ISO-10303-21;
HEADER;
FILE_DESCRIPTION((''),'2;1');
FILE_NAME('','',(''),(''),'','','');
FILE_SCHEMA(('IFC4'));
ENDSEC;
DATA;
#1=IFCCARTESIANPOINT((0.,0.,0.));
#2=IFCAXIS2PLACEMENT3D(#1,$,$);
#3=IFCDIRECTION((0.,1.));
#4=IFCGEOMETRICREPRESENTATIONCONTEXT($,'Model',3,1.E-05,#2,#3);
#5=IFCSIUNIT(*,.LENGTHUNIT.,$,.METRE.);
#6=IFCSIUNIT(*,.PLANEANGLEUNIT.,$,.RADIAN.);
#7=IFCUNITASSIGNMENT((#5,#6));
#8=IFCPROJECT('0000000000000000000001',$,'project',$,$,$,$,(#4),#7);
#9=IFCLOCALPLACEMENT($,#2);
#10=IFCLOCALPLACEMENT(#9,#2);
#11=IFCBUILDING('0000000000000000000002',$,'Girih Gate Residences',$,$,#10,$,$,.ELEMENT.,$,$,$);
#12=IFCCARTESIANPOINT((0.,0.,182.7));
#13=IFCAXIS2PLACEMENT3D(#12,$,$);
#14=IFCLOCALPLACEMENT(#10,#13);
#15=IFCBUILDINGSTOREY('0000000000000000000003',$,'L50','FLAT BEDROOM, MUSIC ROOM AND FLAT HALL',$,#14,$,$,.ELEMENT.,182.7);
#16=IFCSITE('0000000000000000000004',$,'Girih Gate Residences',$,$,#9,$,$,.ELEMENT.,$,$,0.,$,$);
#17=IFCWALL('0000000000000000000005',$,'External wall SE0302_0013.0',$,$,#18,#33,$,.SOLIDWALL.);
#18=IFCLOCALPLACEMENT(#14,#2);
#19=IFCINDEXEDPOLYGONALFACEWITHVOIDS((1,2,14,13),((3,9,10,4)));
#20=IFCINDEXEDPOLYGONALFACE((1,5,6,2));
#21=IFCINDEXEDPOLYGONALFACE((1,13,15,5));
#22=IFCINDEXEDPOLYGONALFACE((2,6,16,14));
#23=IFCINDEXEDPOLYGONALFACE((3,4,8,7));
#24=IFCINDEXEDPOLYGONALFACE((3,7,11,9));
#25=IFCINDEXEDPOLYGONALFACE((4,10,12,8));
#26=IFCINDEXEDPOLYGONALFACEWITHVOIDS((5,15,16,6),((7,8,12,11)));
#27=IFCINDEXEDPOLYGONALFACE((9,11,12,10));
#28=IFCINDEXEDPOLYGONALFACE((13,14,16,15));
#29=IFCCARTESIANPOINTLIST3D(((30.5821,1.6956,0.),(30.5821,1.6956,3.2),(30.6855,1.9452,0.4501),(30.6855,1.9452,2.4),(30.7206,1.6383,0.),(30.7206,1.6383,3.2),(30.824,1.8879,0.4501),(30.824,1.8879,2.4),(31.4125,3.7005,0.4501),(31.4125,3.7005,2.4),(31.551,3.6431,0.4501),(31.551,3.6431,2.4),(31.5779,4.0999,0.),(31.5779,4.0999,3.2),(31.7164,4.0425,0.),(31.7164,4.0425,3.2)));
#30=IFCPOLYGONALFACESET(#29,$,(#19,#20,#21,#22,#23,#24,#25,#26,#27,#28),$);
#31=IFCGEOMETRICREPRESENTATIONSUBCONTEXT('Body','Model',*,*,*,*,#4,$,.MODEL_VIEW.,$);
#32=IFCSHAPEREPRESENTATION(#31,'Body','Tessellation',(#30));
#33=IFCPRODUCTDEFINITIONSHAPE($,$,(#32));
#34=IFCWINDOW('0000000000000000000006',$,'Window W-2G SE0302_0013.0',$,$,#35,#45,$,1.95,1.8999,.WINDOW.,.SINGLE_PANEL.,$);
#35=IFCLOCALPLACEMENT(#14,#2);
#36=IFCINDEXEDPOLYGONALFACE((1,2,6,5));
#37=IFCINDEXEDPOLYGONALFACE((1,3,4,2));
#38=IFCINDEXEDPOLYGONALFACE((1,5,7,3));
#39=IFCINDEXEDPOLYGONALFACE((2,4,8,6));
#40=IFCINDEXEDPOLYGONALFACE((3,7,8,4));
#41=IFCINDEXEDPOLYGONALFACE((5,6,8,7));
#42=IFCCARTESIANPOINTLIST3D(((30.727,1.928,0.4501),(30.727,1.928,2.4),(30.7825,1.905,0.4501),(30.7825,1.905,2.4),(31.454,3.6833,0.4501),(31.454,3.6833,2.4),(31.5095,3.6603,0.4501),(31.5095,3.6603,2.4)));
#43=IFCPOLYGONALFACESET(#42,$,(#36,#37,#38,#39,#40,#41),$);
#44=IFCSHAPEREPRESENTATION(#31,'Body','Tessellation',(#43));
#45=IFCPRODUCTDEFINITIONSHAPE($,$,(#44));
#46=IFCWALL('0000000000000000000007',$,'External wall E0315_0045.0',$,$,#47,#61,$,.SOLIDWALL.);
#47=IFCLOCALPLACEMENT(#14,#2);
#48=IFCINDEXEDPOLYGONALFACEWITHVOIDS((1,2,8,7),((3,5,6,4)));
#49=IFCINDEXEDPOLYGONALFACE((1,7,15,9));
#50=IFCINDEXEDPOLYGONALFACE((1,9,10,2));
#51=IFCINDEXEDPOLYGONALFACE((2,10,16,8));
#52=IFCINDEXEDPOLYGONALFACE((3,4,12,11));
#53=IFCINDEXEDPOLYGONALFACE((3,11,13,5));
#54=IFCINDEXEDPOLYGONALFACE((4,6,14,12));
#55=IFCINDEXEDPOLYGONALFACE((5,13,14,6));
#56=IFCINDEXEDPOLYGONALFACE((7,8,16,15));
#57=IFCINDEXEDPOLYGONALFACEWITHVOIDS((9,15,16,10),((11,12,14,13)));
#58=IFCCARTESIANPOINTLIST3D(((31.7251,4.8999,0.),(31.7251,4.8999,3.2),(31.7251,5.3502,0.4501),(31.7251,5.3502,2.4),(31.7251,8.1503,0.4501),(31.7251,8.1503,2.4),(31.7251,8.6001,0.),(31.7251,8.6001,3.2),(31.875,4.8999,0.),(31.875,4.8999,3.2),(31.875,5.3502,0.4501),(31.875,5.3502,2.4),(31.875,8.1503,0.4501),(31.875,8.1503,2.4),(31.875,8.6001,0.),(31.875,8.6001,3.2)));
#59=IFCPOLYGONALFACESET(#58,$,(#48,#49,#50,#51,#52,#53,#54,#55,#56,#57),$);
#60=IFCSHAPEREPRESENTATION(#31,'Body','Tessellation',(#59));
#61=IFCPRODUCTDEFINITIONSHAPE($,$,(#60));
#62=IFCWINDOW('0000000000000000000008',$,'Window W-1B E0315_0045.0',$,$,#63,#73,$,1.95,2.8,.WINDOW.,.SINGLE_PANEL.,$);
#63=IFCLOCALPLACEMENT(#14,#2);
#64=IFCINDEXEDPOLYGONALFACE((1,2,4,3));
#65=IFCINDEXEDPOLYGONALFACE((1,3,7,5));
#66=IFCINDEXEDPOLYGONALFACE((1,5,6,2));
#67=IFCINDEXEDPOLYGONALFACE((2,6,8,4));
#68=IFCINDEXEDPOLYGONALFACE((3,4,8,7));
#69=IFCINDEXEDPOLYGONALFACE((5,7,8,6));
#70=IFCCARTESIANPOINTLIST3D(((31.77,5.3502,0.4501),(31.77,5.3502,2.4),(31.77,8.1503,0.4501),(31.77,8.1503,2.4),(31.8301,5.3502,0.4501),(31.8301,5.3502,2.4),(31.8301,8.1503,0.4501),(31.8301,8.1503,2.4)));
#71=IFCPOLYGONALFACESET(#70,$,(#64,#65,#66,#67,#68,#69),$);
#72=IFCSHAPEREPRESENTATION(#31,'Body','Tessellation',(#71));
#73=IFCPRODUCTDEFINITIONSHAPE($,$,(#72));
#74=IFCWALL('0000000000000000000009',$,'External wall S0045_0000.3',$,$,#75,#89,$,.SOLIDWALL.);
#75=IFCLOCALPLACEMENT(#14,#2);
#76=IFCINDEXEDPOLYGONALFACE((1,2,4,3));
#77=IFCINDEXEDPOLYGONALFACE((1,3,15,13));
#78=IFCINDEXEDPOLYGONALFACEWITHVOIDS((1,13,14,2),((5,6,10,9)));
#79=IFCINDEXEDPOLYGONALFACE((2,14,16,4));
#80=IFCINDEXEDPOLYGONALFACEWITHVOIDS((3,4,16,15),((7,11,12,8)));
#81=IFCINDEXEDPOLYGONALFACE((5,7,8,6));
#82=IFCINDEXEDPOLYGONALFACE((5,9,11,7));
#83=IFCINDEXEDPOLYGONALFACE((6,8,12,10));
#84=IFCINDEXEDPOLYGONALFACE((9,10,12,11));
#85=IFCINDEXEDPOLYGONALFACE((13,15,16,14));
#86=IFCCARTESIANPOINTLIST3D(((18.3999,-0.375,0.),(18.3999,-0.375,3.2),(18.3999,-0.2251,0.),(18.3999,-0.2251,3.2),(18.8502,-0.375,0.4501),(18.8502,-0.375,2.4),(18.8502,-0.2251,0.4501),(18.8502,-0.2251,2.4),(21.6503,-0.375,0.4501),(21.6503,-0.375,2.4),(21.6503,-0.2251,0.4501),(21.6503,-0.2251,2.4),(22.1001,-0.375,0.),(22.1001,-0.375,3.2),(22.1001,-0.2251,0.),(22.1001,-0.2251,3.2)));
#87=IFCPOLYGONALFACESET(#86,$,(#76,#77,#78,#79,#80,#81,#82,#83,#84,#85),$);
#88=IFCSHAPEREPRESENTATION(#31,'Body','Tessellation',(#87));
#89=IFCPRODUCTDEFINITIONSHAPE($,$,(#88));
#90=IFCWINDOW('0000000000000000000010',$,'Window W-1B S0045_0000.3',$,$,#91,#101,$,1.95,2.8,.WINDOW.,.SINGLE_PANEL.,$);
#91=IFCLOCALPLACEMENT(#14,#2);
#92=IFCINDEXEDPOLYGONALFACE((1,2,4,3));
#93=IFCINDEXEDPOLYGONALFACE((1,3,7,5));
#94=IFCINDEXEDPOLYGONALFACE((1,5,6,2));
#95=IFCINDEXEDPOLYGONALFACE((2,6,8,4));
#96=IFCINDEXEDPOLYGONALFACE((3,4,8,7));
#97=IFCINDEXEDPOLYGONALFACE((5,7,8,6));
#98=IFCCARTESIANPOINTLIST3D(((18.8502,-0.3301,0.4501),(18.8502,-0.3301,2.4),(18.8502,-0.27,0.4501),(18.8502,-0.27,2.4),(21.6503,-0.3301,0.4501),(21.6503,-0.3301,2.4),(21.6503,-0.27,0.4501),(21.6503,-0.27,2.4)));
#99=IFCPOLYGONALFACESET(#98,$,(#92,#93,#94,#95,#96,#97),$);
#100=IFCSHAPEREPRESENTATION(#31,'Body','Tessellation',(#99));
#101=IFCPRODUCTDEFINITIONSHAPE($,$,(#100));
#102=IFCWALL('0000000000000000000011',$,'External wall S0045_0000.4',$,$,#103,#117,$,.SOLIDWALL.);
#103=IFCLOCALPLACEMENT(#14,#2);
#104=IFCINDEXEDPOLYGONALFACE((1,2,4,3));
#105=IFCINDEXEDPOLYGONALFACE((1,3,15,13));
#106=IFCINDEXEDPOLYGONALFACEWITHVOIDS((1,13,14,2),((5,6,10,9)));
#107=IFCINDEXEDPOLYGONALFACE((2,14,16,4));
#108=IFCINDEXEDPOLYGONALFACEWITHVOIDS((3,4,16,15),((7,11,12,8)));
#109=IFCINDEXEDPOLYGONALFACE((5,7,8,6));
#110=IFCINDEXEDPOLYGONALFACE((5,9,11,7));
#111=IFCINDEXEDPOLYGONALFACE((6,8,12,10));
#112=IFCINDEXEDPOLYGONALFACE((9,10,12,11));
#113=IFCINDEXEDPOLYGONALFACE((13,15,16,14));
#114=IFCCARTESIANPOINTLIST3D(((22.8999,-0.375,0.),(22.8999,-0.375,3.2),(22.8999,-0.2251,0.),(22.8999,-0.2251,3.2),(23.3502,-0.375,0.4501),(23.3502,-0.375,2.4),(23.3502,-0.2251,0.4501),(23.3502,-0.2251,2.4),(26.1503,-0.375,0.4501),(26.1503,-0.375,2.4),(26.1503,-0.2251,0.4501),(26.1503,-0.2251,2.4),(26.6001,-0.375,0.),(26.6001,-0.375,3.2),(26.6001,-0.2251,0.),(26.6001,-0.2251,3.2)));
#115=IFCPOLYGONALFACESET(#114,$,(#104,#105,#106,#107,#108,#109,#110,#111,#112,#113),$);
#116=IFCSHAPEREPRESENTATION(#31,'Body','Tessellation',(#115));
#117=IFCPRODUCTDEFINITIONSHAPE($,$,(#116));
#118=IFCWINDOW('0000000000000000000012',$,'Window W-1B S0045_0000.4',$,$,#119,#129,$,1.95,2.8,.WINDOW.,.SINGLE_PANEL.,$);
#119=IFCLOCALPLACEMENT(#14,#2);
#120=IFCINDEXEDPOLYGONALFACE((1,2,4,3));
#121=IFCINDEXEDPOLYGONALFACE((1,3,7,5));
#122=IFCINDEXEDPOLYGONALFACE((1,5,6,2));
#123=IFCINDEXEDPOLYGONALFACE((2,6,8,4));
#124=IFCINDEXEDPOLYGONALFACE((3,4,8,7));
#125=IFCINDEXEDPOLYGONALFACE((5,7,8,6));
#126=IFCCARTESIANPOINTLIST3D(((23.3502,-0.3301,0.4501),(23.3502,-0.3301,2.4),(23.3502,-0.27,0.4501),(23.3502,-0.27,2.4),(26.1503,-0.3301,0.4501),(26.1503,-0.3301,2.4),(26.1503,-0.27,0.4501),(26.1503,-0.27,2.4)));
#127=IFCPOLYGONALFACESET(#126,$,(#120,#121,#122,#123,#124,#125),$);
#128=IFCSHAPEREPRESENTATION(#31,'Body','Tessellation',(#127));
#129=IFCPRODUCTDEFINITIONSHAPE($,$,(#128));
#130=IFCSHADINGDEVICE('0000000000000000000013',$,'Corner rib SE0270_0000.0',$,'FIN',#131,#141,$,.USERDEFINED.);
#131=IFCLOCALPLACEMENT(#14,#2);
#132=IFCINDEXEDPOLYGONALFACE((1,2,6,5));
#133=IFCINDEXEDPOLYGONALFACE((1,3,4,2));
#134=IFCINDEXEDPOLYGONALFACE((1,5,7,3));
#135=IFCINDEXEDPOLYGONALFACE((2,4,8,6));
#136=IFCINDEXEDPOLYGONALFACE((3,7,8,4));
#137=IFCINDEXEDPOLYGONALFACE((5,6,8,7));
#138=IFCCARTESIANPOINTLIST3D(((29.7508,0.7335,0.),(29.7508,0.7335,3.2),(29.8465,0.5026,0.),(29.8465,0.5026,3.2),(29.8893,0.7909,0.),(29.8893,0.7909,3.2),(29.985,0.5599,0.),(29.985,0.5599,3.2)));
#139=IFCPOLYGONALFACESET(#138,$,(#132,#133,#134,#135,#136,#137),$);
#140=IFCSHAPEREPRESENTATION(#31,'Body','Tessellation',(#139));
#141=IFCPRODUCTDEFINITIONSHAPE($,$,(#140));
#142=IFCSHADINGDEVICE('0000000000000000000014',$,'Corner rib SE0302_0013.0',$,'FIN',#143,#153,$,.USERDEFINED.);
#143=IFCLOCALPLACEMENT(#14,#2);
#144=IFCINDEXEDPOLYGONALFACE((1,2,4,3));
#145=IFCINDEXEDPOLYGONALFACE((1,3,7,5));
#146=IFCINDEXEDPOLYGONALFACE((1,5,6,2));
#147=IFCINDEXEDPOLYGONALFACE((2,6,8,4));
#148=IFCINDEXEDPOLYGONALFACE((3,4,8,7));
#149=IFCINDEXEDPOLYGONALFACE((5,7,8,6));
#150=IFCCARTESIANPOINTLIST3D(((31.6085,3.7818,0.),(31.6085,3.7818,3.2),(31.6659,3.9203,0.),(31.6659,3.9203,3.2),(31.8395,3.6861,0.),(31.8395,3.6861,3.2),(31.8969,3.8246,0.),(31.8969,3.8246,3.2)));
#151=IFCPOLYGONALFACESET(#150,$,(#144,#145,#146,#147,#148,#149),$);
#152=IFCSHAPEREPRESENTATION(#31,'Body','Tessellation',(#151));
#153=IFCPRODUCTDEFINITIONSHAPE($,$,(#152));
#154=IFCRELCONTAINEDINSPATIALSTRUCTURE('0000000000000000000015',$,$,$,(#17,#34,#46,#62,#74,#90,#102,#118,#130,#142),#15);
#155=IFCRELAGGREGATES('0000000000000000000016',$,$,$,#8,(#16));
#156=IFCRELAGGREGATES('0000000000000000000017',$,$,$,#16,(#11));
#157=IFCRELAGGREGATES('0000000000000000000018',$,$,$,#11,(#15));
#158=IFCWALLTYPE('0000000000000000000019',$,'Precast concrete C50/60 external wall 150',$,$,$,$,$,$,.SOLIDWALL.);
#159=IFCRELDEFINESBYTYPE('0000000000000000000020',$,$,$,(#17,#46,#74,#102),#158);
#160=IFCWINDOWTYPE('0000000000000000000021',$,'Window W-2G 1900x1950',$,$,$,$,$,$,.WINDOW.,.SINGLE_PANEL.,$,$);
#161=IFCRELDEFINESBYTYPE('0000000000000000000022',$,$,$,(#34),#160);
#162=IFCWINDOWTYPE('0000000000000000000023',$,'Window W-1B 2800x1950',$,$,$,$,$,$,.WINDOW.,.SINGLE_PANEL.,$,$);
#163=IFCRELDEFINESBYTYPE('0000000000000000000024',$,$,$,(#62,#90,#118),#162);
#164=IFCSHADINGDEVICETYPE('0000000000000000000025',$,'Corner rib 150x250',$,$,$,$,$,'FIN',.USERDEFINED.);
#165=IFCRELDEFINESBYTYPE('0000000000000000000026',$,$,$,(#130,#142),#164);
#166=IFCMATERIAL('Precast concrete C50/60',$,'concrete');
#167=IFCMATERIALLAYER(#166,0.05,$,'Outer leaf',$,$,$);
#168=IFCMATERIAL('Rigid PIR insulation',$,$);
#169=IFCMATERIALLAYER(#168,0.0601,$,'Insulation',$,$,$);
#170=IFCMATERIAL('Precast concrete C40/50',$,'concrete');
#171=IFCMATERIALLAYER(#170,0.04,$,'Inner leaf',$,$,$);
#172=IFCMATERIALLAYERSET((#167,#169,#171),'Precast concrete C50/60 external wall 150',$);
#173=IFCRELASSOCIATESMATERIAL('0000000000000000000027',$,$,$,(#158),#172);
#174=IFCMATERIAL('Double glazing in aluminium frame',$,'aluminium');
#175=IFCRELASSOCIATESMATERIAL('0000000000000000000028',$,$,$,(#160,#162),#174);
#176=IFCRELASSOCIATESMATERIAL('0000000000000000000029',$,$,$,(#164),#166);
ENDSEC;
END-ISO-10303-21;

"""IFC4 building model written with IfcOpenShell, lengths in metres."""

from ifc_helpers import new_model, si_unit, direction, frame, frame_2d, origin, origin_2d, place, context, subcontext, project, spatial, rectangle, extrude, material, layer, layer_set, type_object, element, fill, save


model = new_model("IFC4")

# Units and contexts
model_context = context("Model", 3, precision=1e-05, world=origin(), true_north=direction((0.0, 1.0)))
body_context = subcontext(model_context, "Body", "Model", "MODEL_VIEW")
ifc_project = project(units=[si_unit("LENGTHUNIT", "METRE"), si_unit("PLANEANGLEUNIT", "RADIAN")], contexts=[model_context])

# Site, building, storey
site_placement = place(None, origin())
site = spatial("IfcSite", under=ifc_project, at=site_placement, Name="Girih Gate Residences", CompositionType="ELEMENT", RefElevation=0.0)
building_placement = place(site_placement, origin())
building = spatial("IfcBuilding", under=site, at=building_placement, Name="Girih Gate Residences", CompositionType="ELEMENT")
storey_placement = place(building_placement, frame((0.0, 0.0, 182.7)))
storey = spatial("IfcBuildingStorey", under=building, at=storey_placement, Name="L50", Description="FLAT BEDROOM, MUSIC ROOM AND FLAT HALL", CompositionType="ELEMENT", Elevation=182.7)

# Walls, openings, windows
ifc_material_1 = material(Name="Precast concrete C50/60", Category="concrete")
ifc_layer_1 = layer(ifc_material_1, 0.05, Name="Outer leaf")
ifc_material_2 = material(Name="Rigid PIR insulation")
ifc_layer_2 = layer(ifc_material_2, 0.0601, Name="Insulation")
ifc_material_3 = material(Name="Precast concrete C40/50", Category="concrete")
ifc_layer_3 = layer(ifc_material_3, 0.04, Name="Inner leaf")
ifc_layer_set_1 = layer_set([ifc_layer_1, ifc_layer_2, ifc_layer_3], Name="Precast concrete C50/60 external wall 150")
wall_type_1 = type_object("IfcWallType", Name="Precast concrete C50/60 external wall 150", PredefinedType="SOLIDWALL", material=ifc_layer_set_1)
ifc_material_4 = material(Name="Double glazing in aluminium frame", Category="aluminium")
window_type_1 = type_object("IfcWindowType", Name="Window W-2G 1900x1950", PartitioningType="SINGLE_PANEL", PredefinedType="WINDOW", material=ifc_material_4)
wall_1_placement = place(storey_placement, frame((31.6472, 4.0713, 0.0), z_axis=(0.0, 0.0, 1.0), x_axis=(-0.382669, -0.923885, 0.0)))
wall_1 = element("IfcWall", 1, at=wall_1_placement, inside=storey, type_object=wall_type_1, Name="External wall SE0302_0013.0", PredefinedType="SOLIDWALL", context=body_context, shape_type="SweptSolid", body=[
    extrude(rectangle(XDim=2.6023, YDim=0.1499, at=frame_2d((1.3013, 0.0))), origin(), (0.0, 0.0, 1.0), 3.2),
])
opening_1_placement = place(wall_1_placement, frame((0.4324, 0.0, 0.45)))
opening_1 = element("IfcOpeningElement", 2, at=opening_1_placement, cuts=wall_1, PredefinedType="OPENING", context=body_context, shape_type="SweptSolid", body=[
    extrude(rectangle(XDim=1.8999, YDim=1.95, at=frame_2d((0.95, 0.9751))), frame((0.0, 0.085, 0.0), z_axis=(0.0, -1.0, 0.0), x_axis=(1.0, 0.0, 0.0)), (0.0, 0.0, 1.0), 0.1699),
])
window_1_placement = place(opening_1_placement, origin())
window_1 = element("IfcWindow", 3, at=window_1_placement, inside=storey, type_object=window_type_1, Name="Window W-2G SE0302_0013.0", OverallHeight=1.95, OverallWidth=1.8999, PartitioningType="SINGLE_PANEL", PredefinedType="WINDOW", context=body_context, shape_type="SweptSolid", body=[
    extrude(rectangle(XDim=1.8999, YDim=1.95, at=frame_2d((0.95, 0.9751))), frame((0.0, 0.03, 0.0), z_axis=(0.0, -1.0, 0.0), x_axis=(1.0, 0.0, 0.0)), (0.0, 0.0, 1.0), 0.0601),
])
fill(opening_1, window_1)
wall_2_placement = place(storey_placement, frame((31.8, 8.6001, 0.0), z_axis=(0.0, 0.0, 1.0), x_axis=(0.0, -1.0, 0.0)))
wall_2 = element("IfcWall", 4, at=wall_2_placement, inside=storey, type_object=wall_type_1, Name="External wall E0315_0045.0", PredefinedType="SOLIDWALL", context=body_context, shape_type="SweptSolid", body=[
    extrude(rectangle(XDim=3.7002, YDim=0.1499, at=frame_2d((1.8501, 0.0))), origin(), (0.0, 0.0, 1.0), 3.2),
])
opening_2_placement = place(wall_2_placement, frame((0.45, 0.0, 0.45)))
opening_2 = element("IfcOpeningElement", 5, at=opening_2_placement, cuts=wall_2, PredefinedType="OPENING", context=body_context, shape_type="SweptSolid", body=[
    extrude(rectangle(XDim=2.8, YDim=1.95, at=frame_2d((1.3999, 0.9751))), frame((0.0, 0.085, 0.0), z_axis=(0.0, -1.0, 0.0), x_axis=(1.0, 0.0, 0.0)), (0.0, 0.0, 1.0), 0.1699),
])
window_type_2 = type_object("IfcWindowType", Name="Window W-1B 2800x1950", PartitioningType="SINGLE_PANEL", PredefinedType="WINDOW", material=ifc_material_4)
window_2_placement = place(opening_2_placement, origin())
window_2 = element("IfcWindow", 6, at=window_2_placement, inside=storey, type_object=window_type_2, Name="Window W-1B E0315_0045.0", OverallHeight=1.95, OverallWidth=2.8, PartitioningType="SINGLE_PANEL", PredefinedType="WINDOW", context=body_context, shape_type="SweptSolid", body=[
    extrude(rectangle(XDim=2.8, YDim=1.95, at=frame_2d((1.3999, 0.9751))), frame((0.0, 0.03, 0.0), z_axis=(0.0, -1.0, 0.0), x_axis=(1.0, 0.0, 0.0)), (0.0, 0.0, 1.0), 0.0601),
])
fill(opening_2, window_2)
wall_3_placement = place(storey_placement, frame((22.1001, -0.3, 0.0), z_axis=(0.0, 0.0, 1.0), x_axis=(-1.0, 0.0, 0.0)))
wall_3 = element("IfcWall", 7, at=wall_3_placement, inside=storey, type_object=wall_type_1, Name="External wall S0045_0000.3", PredefinedType="SOLIDWALL", context=body_context, shape_type="SweptSolid", body=[
    extrude(rectangle(XDim=3.7002, YDim=0.1499, at=frame_2d((1.8501, 0.0))), origin(), (0.0, 0.0, 1.0), 3.2),
])
opening_3_placement = place(wall_3_placement, frame((0.45, 0.0, 0.45)))
opening_3 = element("IfcOpeningElement", 8, at=opening_3_placement, cuts=wall_3, PredefinedType="OPENING", context=body_context, shape_type="SweptSolid", body=[
    extrude(rectangle(XDim=2.8, YDim=1.95, at=frame_2d((1.3999, 0.9751))), frame((0.0, 0.085, 0.0), z_axis=(0.0, -1.0, 0.0), x_axis=(1.0, 0.0, 0.0)), (0.0, 0.0, 1.0), 0.1699),
])
window_3_placement = place(opening_3_placement, origin())
window_3 = element("IfcWindow", 9, at=window_3_placement, inside=storey, type_object=window_type_2, Name="Window W-1B S0045_0000.3", OverallHeight=1.95, OverallWidth=2.8, PartitioningType="SINGLE_PANEL", PredefinedType="WINDOW", context=body_context, shape_type="SweptSolid", body=[
    extrude(rectangle(XDim=2.8, YDim=1.95, at=frame_2d((1.3999, 0.9751))), frame((0.0, 0.03, 0.0), z_axis=(0.0, -1.0, 0.0), x_axis=(1.0, 0.0, 0.0)), (0.0, 0.0, 1.0), 0.0601),
])
fill(opening_3, window_3)
wall_4_placement = place(storey_placement, frame((26.6001, -0.3, 0.0), z_axis=(0.0, 0.0, 1.0), x_axis=(-1.0, 0.0, 0.0)))
wall_4 = element("IfcWall", 10, at=wall_4_placement, inside=storey, type_object=wall_type_1, Name="External wall S0045_0000.4", PredefinedType="SOLIDWALL", context=body_context, shape_type="SweptSolid", body=[
    extrude(rectangle(XDim=3.7002, YDim=0.1499, at=frame_2d((1.8501, 0.0))), origin(), (0.0, 0.0, 1.0), 3.2),
])
opening_4_placement = place(wall_4_placement, frame((0.45, 0.0, 0.45)))
opening_4 = element("IfcOpeningElement", 11, at=opening_4_placement, cuts=wall_4, PredefinedType="OPENING", context=body_context, shape_type="SweptSolid", body=[
    extrude(rectangle(XDim=2.8, YDim=1.95, at=frame_2d((1.3999, 0.9751))), frame((0.0, 0.085, 0.0), z_axis=(0.0, -1.0, 0.0), x_axis=(1.0, 0.0, 0.0)), (0.0, 0.0, 1.0), 0.1699),
])
window_4_placement = place(opening_4_placement, origin())
window_4 = element("IfcWindow", 12, at=window_4_placement, inside=storey, type_object=window_type_2, Name="Window W-1B S0045_0000.4", OverallHeight=1.95, OverallWidth=2.8, PartitioningType="SINGLE_PANEL", PredefinedType="WINDOW", context=body_context, shape_type="SweptSolid", body=[
    extrude(rectangle(XDim=2.8, YDim=1.95, at=frame_2d((1.3999, 0.9751))), frame((0.0, 0.03, 0.0), z_axis=(0.0, -1.0, 0.0), x_axis=(1.0, 0.0, 0.0)), (0.0, 0.0, 1.0), 0.0601),
])
fill(opening_4, window_4)

# Shading devices
shading_device_type = type_object("IfcShadingDeviceType", Name="Corner rib 150x250", ElementType="FIN", PredefinedType="USERDEFINED", material=ifc_material_1)
for number, where, z_axis, x_axis, name in (
    (13, (29.8679, 0.6467, 0.0), (0.0, 0.0, 1.0), (0.92388, 0.382683, 0.0), "Corner rib SE0270_0000.0"),
    (14, (31.7527, 3.8032, 0.0), (0.0, 0.0, 1.0), (0.382683, 0.92388, 0.0), "Corner rib SE0302_0013.0"),
):
    element("IfcShadingDevice", number, at=place(storey_placement, frame(where, z_axis=z_axis, x_axis=x_axis)), inside=storey, type_object=shading_device_type, Name=name, ObjectType="FIN", PredefinedType="USERDEFINED", context=body_context, shape_type="SweptSolid", body=[
        extrude(rectangle(XDim=0.1499, YDim=0.25, at=origin_2d()), origin(), (0.0, 0.0, 1.0), 3.2),
    ])

save(model, "model.ifc")
